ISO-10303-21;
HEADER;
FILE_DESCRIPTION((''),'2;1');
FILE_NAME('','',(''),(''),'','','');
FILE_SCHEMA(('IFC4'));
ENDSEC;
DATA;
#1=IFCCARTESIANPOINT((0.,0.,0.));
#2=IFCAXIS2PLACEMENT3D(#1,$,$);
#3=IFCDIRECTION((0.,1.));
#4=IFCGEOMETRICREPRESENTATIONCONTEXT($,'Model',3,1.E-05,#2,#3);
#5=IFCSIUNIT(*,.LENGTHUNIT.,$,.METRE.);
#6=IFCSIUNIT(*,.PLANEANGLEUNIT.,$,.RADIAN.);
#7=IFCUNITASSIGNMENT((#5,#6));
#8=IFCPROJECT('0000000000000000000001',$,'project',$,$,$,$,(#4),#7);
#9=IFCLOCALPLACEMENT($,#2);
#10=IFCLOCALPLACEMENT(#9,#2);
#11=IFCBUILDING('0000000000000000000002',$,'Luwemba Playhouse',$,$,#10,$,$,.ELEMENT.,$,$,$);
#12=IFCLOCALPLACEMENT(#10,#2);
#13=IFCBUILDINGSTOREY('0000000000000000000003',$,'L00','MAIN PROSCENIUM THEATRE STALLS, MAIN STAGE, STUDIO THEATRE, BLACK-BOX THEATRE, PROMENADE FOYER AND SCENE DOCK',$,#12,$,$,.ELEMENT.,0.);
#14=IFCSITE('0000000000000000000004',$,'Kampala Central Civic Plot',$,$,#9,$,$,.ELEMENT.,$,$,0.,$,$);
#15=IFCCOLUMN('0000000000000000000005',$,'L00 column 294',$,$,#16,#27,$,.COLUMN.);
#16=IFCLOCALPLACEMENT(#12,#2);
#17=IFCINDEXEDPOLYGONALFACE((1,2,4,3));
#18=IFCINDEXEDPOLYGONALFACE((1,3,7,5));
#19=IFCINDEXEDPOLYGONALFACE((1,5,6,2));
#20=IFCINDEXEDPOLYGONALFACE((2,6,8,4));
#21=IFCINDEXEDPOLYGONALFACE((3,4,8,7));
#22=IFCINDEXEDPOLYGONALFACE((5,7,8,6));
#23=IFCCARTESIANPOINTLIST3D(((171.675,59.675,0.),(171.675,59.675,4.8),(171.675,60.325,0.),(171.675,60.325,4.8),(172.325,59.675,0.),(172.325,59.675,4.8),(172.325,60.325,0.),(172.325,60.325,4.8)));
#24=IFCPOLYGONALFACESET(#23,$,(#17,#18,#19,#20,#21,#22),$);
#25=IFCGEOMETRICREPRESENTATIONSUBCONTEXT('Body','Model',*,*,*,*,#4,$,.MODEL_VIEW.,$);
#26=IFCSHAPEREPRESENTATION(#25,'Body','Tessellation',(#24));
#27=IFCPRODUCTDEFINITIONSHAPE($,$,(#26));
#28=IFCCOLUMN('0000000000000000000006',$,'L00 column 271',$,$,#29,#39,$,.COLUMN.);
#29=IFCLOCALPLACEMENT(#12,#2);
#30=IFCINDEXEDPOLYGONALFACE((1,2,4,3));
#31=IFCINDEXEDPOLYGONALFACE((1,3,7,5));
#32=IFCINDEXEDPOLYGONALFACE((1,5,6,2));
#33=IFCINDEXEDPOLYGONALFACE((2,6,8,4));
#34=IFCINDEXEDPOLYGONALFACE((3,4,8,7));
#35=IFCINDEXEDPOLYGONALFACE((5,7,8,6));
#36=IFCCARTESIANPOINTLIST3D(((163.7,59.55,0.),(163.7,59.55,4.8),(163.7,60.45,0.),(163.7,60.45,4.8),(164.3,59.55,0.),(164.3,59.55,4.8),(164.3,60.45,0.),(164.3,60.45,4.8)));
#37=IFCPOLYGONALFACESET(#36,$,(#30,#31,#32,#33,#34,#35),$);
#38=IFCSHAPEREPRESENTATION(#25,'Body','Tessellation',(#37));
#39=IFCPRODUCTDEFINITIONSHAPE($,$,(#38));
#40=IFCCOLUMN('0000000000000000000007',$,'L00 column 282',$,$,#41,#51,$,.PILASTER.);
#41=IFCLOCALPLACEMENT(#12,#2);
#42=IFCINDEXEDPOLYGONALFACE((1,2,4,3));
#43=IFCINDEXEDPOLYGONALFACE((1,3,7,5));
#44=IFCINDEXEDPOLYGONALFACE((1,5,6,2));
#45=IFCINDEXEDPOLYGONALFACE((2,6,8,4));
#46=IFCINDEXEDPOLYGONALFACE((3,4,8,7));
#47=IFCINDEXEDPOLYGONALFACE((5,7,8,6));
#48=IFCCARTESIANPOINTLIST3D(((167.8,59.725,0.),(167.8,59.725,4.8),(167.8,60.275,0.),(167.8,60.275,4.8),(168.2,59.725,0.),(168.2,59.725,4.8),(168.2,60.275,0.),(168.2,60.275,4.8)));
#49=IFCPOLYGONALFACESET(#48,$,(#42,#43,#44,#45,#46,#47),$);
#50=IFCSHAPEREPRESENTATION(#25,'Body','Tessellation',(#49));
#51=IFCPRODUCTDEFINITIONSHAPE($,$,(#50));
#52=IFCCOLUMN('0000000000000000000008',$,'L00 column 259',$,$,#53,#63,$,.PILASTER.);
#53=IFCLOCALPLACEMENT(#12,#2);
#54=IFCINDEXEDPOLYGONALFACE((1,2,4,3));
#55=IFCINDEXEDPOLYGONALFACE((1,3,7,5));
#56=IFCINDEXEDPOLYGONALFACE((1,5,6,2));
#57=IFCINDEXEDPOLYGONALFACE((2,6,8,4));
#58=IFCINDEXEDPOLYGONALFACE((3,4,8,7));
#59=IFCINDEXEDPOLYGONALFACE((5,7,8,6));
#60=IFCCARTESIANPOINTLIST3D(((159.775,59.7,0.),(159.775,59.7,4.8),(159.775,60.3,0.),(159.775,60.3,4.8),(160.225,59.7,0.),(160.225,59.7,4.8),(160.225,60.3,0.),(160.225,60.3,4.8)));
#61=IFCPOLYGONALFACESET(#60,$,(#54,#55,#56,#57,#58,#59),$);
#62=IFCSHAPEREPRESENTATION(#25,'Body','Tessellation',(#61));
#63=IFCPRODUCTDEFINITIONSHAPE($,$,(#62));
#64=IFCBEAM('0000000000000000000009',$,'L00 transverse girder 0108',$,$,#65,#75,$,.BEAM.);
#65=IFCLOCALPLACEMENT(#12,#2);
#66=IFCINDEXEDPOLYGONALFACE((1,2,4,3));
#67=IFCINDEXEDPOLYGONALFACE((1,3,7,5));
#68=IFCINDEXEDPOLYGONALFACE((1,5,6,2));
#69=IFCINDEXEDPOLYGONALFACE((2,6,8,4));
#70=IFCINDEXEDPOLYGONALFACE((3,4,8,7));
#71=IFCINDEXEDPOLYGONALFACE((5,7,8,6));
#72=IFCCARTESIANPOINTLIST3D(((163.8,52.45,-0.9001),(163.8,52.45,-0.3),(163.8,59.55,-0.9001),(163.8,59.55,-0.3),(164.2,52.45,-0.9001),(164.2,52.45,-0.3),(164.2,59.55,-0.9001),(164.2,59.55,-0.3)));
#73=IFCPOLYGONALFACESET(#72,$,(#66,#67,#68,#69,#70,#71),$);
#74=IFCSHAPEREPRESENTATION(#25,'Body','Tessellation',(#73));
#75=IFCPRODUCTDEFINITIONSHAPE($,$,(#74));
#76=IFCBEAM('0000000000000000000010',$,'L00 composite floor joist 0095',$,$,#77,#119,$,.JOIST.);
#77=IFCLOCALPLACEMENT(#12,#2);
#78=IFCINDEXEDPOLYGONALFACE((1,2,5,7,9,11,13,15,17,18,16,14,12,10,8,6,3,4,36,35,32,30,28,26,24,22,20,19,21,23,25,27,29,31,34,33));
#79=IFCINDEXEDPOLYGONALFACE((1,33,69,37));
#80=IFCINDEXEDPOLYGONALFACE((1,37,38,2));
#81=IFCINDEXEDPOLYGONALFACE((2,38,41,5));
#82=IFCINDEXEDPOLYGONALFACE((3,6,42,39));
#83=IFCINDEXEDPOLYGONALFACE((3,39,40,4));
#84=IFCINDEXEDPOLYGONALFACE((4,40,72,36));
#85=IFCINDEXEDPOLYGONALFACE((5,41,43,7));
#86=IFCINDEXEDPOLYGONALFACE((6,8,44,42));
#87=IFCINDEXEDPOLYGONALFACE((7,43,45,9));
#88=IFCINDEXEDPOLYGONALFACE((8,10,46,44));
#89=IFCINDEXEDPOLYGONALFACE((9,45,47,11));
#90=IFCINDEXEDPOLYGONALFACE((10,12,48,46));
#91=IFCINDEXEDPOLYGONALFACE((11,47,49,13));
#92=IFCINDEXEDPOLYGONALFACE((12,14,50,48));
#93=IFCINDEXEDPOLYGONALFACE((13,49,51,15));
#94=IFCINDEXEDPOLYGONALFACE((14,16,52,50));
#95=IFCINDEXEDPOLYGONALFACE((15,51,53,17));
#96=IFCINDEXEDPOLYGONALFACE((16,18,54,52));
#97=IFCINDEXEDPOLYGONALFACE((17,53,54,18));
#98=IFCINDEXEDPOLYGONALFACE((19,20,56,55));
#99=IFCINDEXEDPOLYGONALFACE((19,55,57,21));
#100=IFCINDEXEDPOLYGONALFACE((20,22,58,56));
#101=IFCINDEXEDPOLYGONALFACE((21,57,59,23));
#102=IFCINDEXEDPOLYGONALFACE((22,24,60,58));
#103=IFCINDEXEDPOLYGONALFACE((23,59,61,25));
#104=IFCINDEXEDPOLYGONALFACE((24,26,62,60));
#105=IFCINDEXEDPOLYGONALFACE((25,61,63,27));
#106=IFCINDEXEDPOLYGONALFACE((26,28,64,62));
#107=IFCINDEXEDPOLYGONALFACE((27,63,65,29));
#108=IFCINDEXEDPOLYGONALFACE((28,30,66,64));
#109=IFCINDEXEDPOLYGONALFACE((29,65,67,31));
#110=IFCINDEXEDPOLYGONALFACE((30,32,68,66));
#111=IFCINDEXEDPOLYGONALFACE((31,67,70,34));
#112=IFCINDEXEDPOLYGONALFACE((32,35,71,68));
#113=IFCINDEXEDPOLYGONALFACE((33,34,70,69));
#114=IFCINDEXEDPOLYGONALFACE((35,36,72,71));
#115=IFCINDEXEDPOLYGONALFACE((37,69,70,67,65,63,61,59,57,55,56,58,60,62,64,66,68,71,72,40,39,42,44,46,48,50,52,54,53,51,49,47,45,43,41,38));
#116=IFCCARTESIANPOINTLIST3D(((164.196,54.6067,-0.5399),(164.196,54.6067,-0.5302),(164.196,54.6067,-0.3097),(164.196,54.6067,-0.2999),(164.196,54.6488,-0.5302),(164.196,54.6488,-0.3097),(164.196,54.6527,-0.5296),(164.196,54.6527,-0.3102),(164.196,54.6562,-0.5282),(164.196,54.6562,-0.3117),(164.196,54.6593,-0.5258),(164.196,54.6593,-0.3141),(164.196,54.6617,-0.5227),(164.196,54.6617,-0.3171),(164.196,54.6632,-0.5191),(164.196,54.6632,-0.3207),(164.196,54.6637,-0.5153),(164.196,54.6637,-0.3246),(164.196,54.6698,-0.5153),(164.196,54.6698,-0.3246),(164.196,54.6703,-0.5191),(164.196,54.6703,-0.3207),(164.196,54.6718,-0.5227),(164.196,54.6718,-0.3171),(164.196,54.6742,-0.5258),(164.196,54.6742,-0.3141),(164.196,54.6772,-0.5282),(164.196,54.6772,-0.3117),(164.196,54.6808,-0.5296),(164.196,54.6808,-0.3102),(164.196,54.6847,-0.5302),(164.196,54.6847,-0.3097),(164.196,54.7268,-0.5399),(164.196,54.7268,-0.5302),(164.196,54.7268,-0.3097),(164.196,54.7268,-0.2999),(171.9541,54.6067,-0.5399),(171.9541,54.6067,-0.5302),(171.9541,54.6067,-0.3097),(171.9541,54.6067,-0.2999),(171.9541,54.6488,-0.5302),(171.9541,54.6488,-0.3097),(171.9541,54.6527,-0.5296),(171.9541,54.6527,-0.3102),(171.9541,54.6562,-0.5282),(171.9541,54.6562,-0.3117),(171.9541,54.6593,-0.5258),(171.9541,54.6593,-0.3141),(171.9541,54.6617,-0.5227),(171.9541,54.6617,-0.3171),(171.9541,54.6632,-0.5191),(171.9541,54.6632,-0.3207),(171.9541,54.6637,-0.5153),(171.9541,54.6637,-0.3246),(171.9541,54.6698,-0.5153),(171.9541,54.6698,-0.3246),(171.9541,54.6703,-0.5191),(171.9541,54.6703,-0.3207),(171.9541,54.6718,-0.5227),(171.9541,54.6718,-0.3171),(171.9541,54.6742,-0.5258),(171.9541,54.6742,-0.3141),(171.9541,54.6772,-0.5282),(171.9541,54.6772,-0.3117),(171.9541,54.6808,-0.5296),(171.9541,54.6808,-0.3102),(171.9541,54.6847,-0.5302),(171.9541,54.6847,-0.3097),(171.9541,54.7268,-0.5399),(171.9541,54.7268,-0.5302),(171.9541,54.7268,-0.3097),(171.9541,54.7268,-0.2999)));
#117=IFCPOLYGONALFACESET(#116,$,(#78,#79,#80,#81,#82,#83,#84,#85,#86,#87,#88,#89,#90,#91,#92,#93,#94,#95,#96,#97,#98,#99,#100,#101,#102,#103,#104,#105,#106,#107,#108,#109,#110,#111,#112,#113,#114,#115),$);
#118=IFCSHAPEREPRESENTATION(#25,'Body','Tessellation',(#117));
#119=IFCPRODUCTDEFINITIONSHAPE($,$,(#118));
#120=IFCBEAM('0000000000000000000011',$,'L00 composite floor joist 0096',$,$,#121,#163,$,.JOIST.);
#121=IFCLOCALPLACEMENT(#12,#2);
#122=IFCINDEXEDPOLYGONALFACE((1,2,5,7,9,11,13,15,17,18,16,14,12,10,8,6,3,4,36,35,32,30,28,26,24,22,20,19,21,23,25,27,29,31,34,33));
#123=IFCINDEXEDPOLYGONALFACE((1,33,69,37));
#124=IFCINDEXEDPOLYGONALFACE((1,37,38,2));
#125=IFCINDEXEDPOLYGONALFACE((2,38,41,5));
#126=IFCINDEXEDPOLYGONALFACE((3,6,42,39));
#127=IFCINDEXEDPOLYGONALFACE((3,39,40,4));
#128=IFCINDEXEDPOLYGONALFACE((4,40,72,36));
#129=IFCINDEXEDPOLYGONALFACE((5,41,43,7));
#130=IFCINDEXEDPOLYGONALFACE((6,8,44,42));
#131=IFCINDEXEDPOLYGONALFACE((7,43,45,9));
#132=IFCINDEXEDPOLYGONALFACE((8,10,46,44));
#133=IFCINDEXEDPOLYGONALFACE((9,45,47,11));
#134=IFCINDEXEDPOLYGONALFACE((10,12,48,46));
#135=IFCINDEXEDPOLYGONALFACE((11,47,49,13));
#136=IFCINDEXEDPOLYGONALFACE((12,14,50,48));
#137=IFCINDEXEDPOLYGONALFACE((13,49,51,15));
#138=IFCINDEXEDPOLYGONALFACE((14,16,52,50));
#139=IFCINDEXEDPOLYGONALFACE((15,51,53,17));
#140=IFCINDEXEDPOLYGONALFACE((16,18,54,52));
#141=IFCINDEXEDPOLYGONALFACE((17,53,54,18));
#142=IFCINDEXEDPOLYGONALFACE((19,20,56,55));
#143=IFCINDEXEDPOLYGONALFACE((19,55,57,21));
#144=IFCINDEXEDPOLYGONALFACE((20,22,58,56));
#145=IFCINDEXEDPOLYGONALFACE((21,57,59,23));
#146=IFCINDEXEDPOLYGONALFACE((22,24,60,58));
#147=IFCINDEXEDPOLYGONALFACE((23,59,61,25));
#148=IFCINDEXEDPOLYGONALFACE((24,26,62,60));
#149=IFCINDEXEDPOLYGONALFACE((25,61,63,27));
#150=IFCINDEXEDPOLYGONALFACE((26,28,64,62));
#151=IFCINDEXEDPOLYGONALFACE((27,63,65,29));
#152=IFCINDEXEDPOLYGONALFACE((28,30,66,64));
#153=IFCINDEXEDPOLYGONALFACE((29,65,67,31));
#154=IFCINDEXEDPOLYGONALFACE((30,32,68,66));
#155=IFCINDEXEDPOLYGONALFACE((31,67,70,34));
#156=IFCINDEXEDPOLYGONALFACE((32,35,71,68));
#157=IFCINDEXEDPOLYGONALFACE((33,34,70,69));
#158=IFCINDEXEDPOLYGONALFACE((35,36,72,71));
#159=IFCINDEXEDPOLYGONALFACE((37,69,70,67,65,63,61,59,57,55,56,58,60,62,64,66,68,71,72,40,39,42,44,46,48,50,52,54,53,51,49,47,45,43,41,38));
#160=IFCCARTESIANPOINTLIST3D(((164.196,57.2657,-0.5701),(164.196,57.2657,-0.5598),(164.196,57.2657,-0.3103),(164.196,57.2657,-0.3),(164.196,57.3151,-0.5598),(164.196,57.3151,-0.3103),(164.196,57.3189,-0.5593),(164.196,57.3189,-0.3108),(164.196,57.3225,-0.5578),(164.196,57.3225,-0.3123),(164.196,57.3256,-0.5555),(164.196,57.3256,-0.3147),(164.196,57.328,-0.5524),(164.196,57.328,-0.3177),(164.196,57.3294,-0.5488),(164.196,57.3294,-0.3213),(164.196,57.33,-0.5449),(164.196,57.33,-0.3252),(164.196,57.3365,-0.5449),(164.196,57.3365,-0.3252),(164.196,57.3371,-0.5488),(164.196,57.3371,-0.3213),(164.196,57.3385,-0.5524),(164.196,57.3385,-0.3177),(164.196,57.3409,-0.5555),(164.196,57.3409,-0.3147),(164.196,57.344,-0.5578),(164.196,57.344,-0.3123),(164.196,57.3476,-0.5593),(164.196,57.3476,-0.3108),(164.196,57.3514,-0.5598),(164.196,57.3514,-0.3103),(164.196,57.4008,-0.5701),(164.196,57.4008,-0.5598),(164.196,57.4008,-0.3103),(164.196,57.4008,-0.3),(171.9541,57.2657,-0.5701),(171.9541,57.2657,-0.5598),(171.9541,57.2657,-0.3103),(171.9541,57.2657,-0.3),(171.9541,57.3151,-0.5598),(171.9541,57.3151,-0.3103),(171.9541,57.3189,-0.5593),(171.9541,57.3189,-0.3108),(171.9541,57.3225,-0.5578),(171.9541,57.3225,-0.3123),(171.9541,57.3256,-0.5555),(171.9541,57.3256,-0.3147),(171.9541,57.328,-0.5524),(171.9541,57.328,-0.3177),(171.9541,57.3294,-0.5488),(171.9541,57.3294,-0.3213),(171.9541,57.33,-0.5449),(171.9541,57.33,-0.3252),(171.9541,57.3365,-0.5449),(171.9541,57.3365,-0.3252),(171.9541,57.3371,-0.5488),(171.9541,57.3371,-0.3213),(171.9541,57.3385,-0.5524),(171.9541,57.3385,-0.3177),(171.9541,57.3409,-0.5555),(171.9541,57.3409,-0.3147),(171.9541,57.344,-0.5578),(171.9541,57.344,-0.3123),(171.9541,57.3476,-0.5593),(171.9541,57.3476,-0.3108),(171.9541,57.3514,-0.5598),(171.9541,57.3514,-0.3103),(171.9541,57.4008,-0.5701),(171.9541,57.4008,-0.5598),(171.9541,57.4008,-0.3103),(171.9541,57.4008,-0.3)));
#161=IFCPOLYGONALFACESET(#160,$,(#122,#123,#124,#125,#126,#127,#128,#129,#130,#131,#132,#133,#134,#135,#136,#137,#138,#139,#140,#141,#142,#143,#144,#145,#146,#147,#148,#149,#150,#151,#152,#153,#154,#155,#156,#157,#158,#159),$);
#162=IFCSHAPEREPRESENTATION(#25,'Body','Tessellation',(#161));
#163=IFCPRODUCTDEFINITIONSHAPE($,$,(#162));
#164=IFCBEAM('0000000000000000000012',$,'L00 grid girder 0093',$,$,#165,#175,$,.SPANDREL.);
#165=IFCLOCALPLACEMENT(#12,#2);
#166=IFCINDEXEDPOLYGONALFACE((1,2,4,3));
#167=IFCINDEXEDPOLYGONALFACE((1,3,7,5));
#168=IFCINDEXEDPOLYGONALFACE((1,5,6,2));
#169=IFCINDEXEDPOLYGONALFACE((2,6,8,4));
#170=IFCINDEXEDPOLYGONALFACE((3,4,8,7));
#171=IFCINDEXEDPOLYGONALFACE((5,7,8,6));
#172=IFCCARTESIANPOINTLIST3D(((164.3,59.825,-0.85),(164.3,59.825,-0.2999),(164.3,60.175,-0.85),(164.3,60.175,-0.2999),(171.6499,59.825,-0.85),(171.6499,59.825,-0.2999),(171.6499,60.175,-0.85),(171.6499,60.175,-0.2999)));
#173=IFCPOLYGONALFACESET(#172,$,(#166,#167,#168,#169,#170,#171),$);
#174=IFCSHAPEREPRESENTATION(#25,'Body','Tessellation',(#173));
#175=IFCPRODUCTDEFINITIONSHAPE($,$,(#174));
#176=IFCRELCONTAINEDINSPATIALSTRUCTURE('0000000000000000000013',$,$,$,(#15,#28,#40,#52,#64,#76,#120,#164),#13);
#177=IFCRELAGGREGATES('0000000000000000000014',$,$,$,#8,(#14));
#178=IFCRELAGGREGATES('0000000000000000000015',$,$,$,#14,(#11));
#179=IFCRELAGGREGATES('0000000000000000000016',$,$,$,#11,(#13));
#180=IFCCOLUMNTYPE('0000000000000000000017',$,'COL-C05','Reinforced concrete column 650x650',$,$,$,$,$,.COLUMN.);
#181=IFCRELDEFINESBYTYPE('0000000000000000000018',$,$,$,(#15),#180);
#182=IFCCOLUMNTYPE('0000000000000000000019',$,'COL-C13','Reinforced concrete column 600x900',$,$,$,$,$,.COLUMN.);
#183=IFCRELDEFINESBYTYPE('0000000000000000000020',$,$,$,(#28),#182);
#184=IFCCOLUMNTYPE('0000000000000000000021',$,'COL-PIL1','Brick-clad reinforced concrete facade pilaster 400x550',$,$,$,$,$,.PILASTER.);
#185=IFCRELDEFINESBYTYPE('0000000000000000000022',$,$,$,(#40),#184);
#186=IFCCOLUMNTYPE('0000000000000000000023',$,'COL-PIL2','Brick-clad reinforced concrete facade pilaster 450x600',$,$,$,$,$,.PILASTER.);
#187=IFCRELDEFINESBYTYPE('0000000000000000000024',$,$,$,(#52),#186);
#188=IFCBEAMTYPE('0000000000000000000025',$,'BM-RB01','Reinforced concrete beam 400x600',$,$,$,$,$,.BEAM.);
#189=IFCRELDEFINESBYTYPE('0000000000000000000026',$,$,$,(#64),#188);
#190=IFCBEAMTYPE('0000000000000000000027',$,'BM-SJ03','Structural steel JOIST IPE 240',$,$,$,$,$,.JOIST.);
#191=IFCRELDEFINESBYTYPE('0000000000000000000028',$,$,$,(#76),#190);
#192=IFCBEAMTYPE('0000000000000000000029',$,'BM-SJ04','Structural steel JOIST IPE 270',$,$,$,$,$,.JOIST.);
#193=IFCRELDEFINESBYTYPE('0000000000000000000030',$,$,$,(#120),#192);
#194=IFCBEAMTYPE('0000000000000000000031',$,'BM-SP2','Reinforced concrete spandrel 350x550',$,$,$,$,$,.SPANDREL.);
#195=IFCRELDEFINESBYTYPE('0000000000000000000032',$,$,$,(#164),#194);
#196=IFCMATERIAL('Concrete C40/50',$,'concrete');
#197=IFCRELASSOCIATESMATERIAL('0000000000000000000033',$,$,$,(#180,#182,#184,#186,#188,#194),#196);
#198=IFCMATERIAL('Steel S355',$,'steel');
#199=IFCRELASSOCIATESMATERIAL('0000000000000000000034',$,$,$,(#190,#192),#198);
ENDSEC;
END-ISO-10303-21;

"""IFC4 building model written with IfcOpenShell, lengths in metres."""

from ifc_helpers import new_model, si_unit, direction, frame, origin, origin_2d, place, context, subcontext, project, spatial, rectangle, i_section, extrude, material, material_profile, profile_set, type_object, element, save


model = new_model("IFC4")

# Units and contexts
model_context = context("Model", 3, precision=1e-05, world=origin(), true_north=direction((0.0, 1.0)))
body_context = subcontext(model_context, "Body", "Model", "MODEL_VIEW")
ifc_project = project(units=[si_unit("LENGTHUNIT", "METRE"), si_unit("PLANEANGLEUNIT", "RADIAN")], contexts=[model_context])

# Site, building, storey
site_placement = place(None, origin())
site = spatial("IfcSite", under=ifc_project, at=site_placement, Name="Kampala Central Civic Plot", CompositionType="ELEMENT", RefElevation=0.0)
building_placement = place(site_placement, origin())
building = spatial("IfcBuilding", under=site, at=building_placement, Name="Luwemba Playhouse", CompositionType="ELEMENT")
storey_placement = place(building_placement, origin())
storey = spatial("IfcBuildingStorey", under=building, at=storey_placement, Name="L00", Description="MAIN PROSCENIUM THEATRE STALLS, MAIN STAGE, STUDIO THEATRE, BLACK-BOX THEATRE, PROMENADE FOYER AND SCENE DOCK", CompositionType="ELEMENT", Elevation=0.0)

# Columns
ifc_material_1 = material(Name="Concrete C40/50", Category="concrete")
ifc_material_profile_1 = material_profile(ifc_material_1, rectangle(XDim=0.6499, YDim=0.6499, at=origin_2d()))
ifc_profile_set_1 = profile_set([ifc_material_profile_1], Name="Concrete C40/50")
column_type_1 = type_object("IfcColumnType", Name="COL-C05", Description="Reinforced concrete column 650x650", PredefinedType="COLUMN", material=ifc_profile_set_1)
column_1_placement = place(storey_placement, frame((172.0, 60.0, 0.0), z_axis=(0.0, 0.0, 1.0), x_axis=(1.0, 0.0, 0.0)))
element("IfcColumn", 1, at=column_1_placement, inside=storey, type_object=column_type_1, Name="L00 column 294", PredefinedType="COLUMN", context=body_context, shape_type="SweptSolid", body=[
    extrude(rectangle(XDim=0.6499, YDim=0.6499, at=origin_2d()), origin(), (0.0, 0.0, 1.0), 4.8),
])
ifc_material_profile_2 = material_profile(ifc_material_1, rectangle(XDim=0.6001, YDim=0.8999, at=origin_2d()))
ifc_profile_set_2 = profile_set([ifc_material_profile_2], Name="Concrete C40/50")
column_type_2 = type_object("IfcColumnType", Name="COL-C13", Description="Reinforced concrete column 600x900", PredefinedType="COLUMN", material=ifc_profile_set_2)
column_2_placement = place(storey_placement, frame((164.0, 60.0, 0.0), z_axis=(0.0, 0.0, 1.0), x_axis=(1.0, 0.0, 0.0)))
element("IfcColumn", 2, at=column_2_placement, inside=storey, type_object=column_type_2, Name="L00 column 271", PredefinedType="COLUMN", context=body_context, shape_type="SweptSolid", body=[
    extrude(rectangle(XDim=0.6001, YDim=0.8999, at=origin_2d()), origin(), (0.0, 0.0, 1.0), 4.8),
])
ifc_material_profile_3 = material_profile(ifc_material_1, rectangle(XDim=0.3999, YDim=0.55, at=origin_2d()))
ifc_profile_set_3 = profile_set([ifc_material_profile_3], Name="Concrete C40/50")
column_type_3 = type_object("IfcColumnType", Name="COL-PIL1", Description="Brick-clad reinforced concrete facade pilaster 400x550", PredefinedType="PILASTER", material=ifc_profile_set_3)
column_3_placement = place(storey_placement, frame((168.0, 60.0, 0.0), z_axis=(0.0, 0.0, 1.0), x_axis=(1.0, 0.0, 0.0)))
element("IfcColumn", 3, at=column_3_placement, inside=storey, type_object=column_type_3, Name="L00 column 282", PredefinedType="PILASTER", context=body_context, shape_type="SweptSolid", body=[
    extrude(rectangle(XDim=0.3999, YDim=0.55, at=origin_2d()), origin(), (0.0, 0.0, 1.0), 4.8),
])
ifc_material_profile_4 = material_profile(ifc_material_1, rectangle(XDim=0.45, YDim=0.6001, at=origin_2d()))
ifc_profile_set_4 = profile_set([ifc_material_profile_4], Name="Concrete C40/50")
column_type_4 = type_object("IfcColumnType", Name="COL-PIL2", Description="Brick-clad reinforced concrete facade pilaster 450x600", PredefinedType="PILASTER", material=ifc_profile_set_4)
column_4_placement = place(storey_placement, frame((160.0, 60.0, 0.0), z_axis=(0.0, 0.0, 1.0), x_axis=(1.0, 0.0, 0.0)))
element("IfcColumn", 4, at=column_4_placement, inside=storey, type_object=column_type_4, Name="L00 column 259", PredefinedType="PILASTER", context=body_context, shape_type="SweptSolid", body=[
    extrude(rectangle(XDim=0.45, YDim=0.6001, at=origin_2d()), origin(), (0.0, 0.0, 1.0), 4.8),
])

# Beams
ifc_material_profile_5 = material_profile(ifc_material_1, rectangle(XDim=0.3999, YDim=0.6001, at=origin_2d()))
ifc_profile_set_5 = profile_set([ifc_material_profile_5], Name="Concrete C40/50")
beam_type_1 = type_object("IfcBeamType", Name="BM-RB01", Description="Reinforced concrete beam 400x600", PredefinedType="BEAM", material=ifc_profile_set_5)
beam_1_placement = place(storey_placement, frame((164.0, 52.45, -0.6001), z_axis=(0.0, 1.0, 0.0), x_axis=(-1.0, 0.0, 0.0)))
element("IfcBeam", 5, at=beam_1_placement, inside=storey, type_object=beam_type_1, Name="L00 transverse girder 0108", PredefinedType="BEAM", context=body_context, shape_type="SweptSolid", body=[
    extrude(rectangle(XDim=0.3999, YDim=0.6001, at=origin_2d()), origin(), (0.0, 0.0, 1.0), 7.1001),
])
ifc_material_2 = material(Name="Steel S355", Category="steel")
ifc_material_profile_6 = material_profile(ifc_material_2, i_section(OverallWidth=0.1201, OverallDepth=0.24, WebThickness=0.0061, FlangeThickness=0.0098, FilletRadius=0.0149, at=origin_2d()))
ifc_profile_set_6 = profile_set([ifc_material_profile_6], Name="Steel S355")
beam_type_2 = type_object("IfcBeamType", Name="BM-SJ03", Description="Structural steel JOIST IPE 240", PredefinedType="JOIST", material=ifc_profile_set_6)
beam_2_placement = place(storey_placement, frame((164.196, 54.6667, -0.4199), z_axis=(1.0, 0.0, 0.0), x_axis=(0.0, 1.0, 0.0)))
element("IfcBeam", 6, at=beam_2_placement, inside=storey, type_object=beam_type_2, Name="L00 composite floor joist 0095", PredefinedType="JOIST", context=body_context, shape_type="SweptSolid", body=[
    extrude(i_section(OverallWidth=0.1201, OverallDepth=0.24, WebThickness=0.0061, FlangeThickness=0.0098, FilletRadius=0.0149, at=origin_2d()), origin(), (0.0, 0.0, 1.0), 7.7581),
])
ifc_material_profile_7 = material_profile(ifc_material_2, i_section(OverallWidth=0.135, OverallDepth=0.27, WebThickness=0.0066, FlangeThickness=0.0103, FilletRadius=0.0149, at=origin_2d()))
ifc_profile_set_7 = profile_set([ifc_material_profile_7], Name="Steel S355")
beam_type_3 = type_object("IfcBeamType", Name="BM-SJ04", Description="Structural steel JOIST IPE 270", PredefinedType="JOIST", material=ifc_profile_set_7)
beam_3_placement = place(storey_placement, frame((164.196, 57.3333, -0.4351), z_axis=(1.0, 0.0, 0.0), x_axis=(0.0, 1.0, 0.0)))
element("IfcBeam", 7, at=beam_3_placement, inside=storey, type_object=beam_type_3, Name="L00 composite floor joist 0096", PredefinedType="JOIST", context=body_context, shape_type="SweptSolid", body=[
    extrude(i_section(OverallWidth=0.135, OverallDepth=0.27, WebThickness=0.0066, FlangeThickness=0.0103, FilletRadius=0.0149, at=origin_2d()), origin(), (0.0, 0.0, 1.0), 7.7581),
])
ifc_material_profile_8 = material_profile(ifc_material_1, rectangle(XDim=0.3501, YDim=0.55, at=origin_2d()))
ifc_profile_set_8 = profile_set([ifc_material_profile_8], Name="Concrete C40/50")
beam_type_4 = type_object("IfcBeamType", Name="BM-SP2", Description="Reinforced concrete spandrel 350x550", PredefinedType="SPANDREL", material=ifc_profile_set_8)
beam_4_placement = place(storey_placement, frame((164.3, 60.0, -0.575), z_axis=(1.0, 0.0, 0.0), x_axis=(0.0, 1.0, 0.0)))
element("IfcBeam", 8, at=beam_4_placement, inside=storey, type_object=beam_type_4, Name="L00 grid girder 0093", PredefinedType="SPANDREL", context=body_context, shape_type="SweptSolid", body=[
    extrude(rectangle(XDim=0.3501, YDim=0.55, at=origin_2d()), origin(), (0.0, 0.0, 1.0), 7.3499),
])

save(model, "model.ifc")
